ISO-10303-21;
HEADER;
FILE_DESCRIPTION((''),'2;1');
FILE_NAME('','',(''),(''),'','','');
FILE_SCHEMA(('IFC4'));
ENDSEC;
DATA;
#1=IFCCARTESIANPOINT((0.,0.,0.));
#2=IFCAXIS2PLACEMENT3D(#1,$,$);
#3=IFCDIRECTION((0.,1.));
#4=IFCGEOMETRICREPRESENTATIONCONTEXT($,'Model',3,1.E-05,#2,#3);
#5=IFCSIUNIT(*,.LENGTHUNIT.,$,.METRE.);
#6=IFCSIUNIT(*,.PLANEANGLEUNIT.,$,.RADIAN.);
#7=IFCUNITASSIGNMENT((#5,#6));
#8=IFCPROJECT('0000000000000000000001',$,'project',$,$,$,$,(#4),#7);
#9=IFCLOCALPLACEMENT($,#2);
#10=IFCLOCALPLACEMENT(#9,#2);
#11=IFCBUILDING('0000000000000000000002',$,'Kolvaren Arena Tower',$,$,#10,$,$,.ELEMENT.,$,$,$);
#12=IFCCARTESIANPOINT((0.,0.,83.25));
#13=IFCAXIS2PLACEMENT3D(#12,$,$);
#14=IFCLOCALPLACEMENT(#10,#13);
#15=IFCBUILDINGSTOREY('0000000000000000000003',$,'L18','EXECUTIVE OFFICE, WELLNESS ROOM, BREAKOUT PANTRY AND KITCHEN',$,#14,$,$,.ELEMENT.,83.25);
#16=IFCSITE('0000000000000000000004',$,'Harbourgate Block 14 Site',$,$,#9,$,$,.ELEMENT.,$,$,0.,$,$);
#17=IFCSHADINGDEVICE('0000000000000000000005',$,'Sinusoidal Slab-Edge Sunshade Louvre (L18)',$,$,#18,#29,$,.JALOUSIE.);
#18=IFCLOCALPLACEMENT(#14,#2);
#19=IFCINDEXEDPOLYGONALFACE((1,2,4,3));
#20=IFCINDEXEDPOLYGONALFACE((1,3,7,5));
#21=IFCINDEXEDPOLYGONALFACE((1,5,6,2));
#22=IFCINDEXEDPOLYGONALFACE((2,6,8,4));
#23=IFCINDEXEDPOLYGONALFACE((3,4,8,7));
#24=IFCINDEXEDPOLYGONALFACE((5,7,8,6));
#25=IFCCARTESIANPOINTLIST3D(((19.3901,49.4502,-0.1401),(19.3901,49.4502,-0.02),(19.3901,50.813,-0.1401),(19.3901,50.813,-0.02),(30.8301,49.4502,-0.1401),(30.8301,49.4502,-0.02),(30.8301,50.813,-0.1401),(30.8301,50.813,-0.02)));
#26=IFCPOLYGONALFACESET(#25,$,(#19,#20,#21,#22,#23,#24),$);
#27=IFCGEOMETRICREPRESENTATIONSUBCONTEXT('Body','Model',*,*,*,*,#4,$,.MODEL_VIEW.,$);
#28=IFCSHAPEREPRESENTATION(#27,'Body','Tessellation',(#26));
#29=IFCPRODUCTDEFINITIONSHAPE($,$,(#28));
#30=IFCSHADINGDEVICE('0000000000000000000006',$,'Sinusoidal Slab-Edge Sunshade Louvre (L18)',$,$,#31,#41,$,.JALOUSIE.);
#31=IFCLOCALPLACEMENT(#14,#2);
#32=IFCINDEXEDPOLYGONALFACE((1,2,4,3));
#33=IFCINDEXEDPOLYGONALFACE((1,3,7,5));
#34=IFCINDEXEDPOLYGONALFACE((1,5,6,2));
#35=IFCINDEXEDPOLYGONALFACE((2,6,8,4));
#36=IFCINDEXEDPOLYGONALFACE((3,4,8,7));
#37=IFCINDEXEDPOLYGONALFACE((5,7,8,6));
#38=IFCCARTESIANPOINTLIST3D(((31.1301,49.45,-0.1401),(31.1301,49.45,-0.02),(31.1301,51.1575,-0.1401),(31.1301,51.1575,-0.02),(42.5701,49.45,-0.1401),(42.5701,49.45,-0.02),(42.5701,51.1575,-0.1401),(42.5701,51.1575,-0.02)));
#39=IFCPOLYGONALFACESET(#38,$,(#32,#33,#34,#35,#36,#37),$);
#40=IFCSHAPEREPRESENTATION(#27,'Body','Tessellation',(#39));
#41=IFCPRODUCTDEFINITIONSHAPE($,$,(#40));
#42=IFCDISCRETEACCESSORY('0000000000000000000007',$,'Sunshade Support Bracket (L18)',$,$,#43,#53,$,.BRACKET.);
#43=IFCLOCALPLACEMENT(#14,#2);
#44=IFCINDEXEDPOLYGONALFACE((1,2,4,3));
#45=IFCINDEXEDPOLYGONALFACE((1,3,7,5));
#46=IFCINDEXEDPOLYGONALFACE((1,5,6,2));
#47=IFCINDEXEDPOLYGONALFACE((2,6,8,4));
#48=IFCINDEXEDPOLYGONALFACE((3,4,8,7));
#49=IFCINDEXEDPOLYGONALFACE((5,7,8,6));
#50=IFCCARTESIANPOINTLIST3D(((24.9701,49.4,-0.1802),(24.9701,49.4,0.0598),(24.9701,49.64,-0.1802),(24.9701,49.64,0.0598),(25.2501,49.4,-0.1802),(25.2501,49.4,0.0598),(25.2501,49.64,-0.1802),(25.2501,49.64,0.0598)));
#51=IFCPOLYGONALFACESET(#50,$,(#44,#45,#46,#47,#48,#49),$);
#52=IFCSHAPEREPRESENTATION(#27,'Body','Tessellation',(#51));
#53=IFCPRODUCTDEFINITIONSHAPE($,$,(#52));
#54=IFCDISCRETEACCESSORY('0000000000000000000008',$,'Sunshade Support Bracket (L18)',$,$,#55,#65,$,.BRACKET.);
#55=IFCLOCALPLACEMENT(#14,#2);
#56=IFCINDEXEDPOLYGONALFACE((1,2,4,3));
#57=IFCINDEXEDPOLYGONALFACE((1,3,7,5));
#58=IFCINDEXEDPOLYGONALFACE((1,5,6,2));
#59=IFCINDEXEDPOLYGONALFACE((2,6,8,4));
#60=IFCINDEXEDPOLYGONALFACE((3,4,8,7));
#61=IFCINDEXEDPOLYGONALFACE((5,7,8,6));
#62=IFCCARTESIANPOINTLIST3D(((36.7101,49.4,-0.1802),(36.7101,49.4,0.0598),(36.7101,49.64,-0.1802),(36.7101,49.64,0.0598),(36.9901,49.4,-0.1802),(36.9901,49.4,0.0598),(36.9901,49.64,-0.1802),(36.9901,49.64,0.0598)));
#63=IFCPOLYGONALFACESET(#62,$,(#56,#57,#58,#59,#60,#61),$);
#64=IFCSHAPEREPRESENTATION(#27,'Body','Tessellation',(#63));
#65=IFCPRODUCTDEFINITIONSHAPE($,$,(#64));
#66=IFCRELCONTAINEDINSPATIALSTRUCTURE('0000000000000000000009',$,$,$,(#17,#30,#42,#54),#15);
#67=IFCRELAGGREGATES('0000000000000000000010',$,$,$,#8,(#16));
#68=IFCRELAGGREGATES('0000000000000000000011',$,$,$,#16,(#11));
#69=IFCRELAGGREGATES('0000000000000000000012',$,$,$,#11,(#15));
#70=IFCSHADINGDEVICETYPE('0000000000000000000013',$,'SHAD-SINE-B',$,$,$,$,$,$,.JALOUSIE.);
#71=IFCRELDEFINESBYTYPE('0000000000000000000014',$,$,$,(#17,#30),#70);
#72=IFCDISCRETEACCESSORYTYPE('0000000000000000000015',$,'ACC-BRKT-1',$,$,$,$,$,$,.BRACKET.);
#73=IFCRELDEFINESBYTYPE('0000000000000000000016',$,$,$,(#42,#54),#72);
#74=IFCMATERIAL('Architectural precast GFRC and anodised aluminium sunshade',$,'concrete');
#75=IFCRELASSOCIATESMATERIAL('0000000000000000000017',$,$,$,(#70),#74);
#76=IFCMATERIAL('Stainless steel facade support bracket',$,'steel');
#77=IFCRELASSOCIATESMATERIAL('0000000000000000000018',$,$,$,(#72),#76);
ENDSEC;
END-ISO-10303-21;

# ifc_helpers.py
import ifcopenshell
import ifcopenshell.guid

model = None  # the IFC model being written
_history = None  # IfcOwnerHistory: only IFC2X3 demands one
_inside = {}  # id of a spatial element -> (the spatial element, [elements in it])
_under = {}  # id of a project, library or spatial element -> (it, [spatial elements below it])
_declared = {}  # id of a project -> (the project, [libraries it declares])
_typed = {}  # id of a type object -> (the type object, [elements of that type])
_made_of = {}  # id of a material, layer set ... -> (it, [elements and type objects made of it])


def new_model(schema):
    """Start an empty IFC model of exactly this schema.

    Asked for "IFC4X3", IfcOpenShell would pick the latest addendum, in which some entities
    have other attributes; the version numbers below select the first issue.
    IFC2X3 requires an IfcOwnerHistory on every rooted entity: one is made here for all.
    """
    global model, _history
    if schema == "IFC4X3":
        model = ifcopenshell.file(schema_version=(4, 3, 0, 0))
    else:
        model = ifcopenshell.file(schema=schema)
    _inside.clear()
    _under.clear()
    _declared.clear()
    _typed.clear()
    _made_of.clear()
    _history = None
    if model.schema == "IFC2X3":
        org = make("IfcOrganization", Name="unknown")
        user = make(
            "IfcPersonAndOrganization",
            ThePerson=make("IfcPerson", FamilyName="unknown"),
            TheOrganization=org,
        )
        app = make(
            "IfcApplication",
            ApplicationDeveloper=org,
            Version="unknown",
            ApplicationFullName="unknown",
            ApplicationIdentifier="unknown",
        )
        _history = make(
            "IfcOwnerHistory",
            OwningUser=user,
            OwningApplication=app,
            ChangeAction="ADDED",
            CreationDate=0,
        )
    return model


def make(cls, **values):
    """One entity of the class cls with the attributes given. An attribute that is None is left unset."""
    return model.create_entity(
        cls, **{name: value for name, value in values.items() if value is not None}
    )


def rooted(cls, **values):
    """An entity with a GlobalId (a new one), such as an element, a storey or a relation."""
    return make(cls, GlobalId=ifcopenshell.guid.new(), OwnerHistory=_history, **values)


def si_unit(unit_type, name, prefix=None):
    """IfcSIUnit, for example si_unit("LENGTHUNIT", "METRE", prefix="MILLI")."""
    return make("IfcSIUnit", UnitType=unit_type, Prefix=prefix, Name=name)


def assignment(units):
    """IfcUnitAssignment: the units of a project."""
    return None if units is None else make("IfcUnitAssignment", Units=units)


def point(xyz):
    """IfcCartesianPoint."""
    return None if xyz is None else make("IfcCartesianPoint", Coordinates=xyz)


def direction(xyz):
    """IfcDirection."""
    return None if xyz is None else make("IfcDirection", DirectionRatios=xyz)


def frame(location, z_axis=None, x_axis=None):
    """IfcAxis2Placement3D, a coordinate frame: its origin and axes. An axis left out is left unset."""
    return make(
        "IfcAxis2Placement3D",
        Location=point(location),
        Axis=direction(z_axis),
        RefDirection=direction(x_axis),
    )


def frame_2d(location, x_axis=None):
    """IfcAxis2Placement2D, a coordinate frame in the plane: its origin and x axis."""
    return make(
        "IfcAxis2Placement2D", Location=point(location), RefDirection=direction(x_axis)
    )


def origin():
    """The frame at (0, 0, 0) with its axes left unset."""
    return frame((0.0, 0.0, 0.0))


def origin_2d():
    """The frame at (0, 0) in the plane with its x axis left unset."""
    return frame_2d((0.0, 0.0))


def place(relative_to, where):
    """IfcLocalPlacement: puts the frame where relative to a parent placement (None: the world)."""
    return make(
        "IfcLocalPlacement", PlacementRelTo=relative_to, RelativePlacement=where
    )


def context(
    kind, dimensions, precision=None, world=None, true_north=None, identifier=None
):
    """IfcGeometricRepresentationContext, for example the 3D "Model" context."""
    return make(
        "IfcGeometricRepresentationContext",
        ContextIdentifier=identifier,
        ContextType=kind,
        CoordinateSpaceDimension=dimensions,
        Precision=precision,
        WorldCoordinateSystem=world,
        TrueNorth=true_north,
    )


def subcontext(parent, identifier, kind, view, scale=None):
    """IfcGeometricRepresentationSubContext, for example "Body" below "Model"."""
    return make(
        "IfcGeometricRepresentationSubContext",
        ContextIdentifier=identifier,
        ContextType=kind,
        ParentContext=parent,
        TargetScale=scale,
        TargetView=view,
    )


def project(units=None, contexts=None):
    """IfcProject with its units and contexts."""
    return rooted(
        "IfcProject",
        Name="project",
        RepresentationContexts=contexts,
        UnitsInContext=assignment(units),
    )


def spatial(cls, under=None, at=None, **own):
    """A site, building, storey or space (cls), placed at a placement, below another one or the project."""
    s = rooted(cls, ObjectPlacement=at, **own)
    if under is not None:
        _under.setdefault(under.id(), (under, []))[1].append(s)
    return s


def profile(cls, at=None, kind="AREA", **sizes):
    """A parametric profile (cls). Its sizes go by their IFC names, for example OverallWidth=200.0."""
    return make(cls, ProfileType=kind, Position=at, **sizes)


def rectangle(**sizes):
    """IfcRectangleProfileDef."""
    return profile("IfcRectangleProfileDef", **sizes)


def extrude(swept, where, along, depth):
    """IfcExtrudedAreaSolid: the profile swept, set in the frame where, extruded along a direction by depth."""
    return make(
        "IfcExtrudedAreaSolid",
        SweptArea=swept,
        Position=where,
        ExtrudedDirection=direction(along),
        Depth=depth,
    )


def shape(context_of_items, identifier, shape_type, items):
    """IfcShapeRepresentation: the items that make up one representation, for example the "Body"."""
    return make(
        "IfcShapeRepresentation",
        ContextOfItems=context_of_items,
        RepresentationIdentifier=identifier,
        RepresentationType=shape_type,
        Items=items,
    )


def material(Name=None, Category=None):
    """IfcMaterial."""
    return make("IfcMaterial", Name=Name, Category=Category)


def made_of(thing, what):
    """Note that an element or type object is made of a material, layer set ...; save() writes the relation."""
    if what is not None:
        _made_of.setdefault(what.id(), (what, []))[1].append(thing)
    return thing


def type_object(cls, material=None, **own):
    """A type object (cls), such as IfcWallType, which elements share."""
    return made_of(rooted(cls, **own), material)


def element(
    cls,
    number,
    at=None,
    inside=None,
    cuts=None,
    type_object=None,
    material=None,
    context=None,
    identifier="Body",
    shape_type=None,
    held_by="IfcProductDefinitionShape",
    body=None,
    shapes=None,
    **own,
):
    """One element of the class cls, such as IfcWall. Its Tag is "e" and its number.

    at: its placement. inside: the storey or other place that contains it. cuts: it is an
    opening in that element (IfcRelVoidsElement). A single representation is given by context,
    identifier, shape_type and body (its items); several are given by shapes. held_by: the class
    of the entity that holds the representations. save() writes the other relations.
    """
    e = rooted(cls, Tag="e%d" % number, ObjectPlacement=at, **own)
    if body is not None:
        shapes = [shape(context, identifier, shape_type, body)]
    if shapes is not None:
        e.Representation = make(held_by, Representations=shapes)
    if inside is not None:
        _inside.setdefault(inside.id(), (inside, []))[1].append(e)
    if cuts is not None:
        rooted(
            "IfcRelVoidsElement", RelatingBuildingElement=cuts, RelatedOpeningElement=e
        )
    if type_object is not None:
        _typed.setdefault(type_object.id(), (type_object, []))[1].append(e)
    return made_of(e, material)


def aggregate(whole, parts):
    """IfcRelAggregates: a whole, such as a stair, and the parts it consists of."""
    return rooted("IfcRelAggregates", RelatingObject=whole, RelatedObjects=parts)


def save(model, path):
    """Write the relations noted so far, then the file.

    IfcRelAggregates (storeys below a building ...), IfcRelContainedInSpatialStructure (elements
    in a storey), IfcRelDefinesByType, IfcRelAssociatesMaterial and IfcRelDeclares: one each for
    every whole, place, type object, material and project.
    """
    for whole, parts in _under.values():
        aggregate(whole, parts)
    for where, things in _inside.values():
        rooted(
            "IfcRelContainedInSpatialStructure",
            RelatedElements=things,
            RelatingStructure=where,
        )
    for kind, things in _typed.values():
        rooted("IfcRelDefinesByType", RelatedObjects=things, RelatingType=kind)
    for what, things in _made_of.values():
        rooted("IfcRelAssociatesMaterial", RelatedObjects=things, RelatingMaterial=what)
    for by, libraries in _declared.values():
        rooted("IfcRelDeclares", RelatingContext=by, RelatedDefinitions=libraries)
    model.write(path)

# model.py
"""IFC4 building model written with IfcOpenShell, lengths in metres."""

from ifc_helpers import new_model, si_unit, direction, frame, origin, origin_2d, place, context, subcontext, project, spatial, rectangle, extrude, material, type_object, element, save


model = new_model("IFC4")

# Units and contexts
model_context = context("Model", 3, precision=1e-05, world=origin(), true_north=direction((0.0, 1.0)))
body_context = subcontext(model_context, "Body", "Model", "MODEL_VIEW")
ifc_project = project(units=[si_unit("LENGTHUNIT", "METRE"), si_unit("PLANEANGLEUNIT", "RADIAN")], contexts=[model_context])

# Site, building, storey
site_placement = place(None, origin())
site = spatial("IfcSite", under=ifc_project, at=site_placement, Name="Harbourgate Block 14 Site", CompositionType="ELEMENT", RefElevation=0.0)
building_placement = place(site_placement, origin())
building = spatial("IfcBuilding", under=site, at=building_placement, Name="Kolvaren Arena Tower", CompositionType="ELEMENT")
storey_placement = place(building_placement, frame((0.0, 0.0, 83.25)))
storey = spatial("IfcBuildingStorey", under=building, at=storey_placement, Name="L18", Description="EXECUTIVE OFFICE, WELLNESS ROOM, BREAKOUT PANTRY AND KITCHEN", CompositionType="ELEMENT", Elevation=83.25)

# Shading devices
ifc_material_1 = material(Name="Architectural precast GFRC and anodised aluminium sunshade", Category="concrete")
shading_device_type = type_object("IfcShadingDeviceType", Name="SHAD-SINE-B", PredefinedType="JALOUSIE", material=ifc_material_1)
shading_device_1_placement = place(storey_placement, frame((25.1101, 50.1316, -0.1401), z_axis=(0.0, 0.0, 1.0), x_axis=(1.0, 0.0, 0.0)))
element("IfcShadingDevice", 1, at=shading_device_1_placement, inside=storey, type_object=shading_device_type, Name="Sinusoidal Slab-Edge Sunshade Louvre (L18)", PredefinedType="JALOUSIE", context=body_context, shape_type="SweptSolid", body=[
    extrude(rectangle(XDim=11.4399, YDim=1.3628, at=origin_2d()), origin(), (0.0, 0.0, 1.0), 0.1201),
])
shading_device_2_placement = place(storey_placement, frame((36.8501, 50.3037, -0.1401), z_axis=(0.0, 0.0, 1.0), x_axis=(1.0, 0.0, 0.0)))
element("IfcShadingDevice", 2, at=shading_device_2_placement, inside=storey, type_object=shading_device_type, Name="Sinusoidal Slab-Edge Sunshade Louvre (L18)", PredefinedType="JALOUSIE", context=body_context, shape_type="SweptSolid", body=[
    extrude(rectangle(XDim=11.4399, YDim=1.7075, at=origin_2d()), origin(), (0.0, 0.0, 1.0), 0.1201),
])

# Discrete accessories
ifc_material_2 = material(Name="Stainless steel facade support bracket", Category="steel")
discrete_accessory_type = type_object("IfcDiscreteAccessoryType", Name="ACC-BRKT-1", PredefinedType="BRACKET", material=ifc_material_2)
for number, where, z_axis, x_axis, name in (
    (3, (25.1101, 49.52, -0.1802), (0.0, 0.0, 1.0), (1.0, 0.0, 0.0), "Sunshade Support Bracket (L18)"),
    (4, (36.8501, 49.52, -0.1802), (0.0, 0.0, 1.0), (1.0, 0.0, 0.0), "Sunshade Support Bracket (L18)"),
):
    element("IfcDiscreteAccessory", number, at=place(storey_placement, frame(where, z_axis=z_axis, x_axis=x_axis)), inside=storey, type_object=discrete_accessory_type, Name=name, PredefinedType="BRACKET", context=body_context, shape_type="SweptSolid", body=[
        extrude(rectangle(XDim=0.28, YDim=0.24, at=origin_2d()), origin(), (0.0, 0.0, 1.0), 0.24),
    ])

save(model, "model.ifc")
